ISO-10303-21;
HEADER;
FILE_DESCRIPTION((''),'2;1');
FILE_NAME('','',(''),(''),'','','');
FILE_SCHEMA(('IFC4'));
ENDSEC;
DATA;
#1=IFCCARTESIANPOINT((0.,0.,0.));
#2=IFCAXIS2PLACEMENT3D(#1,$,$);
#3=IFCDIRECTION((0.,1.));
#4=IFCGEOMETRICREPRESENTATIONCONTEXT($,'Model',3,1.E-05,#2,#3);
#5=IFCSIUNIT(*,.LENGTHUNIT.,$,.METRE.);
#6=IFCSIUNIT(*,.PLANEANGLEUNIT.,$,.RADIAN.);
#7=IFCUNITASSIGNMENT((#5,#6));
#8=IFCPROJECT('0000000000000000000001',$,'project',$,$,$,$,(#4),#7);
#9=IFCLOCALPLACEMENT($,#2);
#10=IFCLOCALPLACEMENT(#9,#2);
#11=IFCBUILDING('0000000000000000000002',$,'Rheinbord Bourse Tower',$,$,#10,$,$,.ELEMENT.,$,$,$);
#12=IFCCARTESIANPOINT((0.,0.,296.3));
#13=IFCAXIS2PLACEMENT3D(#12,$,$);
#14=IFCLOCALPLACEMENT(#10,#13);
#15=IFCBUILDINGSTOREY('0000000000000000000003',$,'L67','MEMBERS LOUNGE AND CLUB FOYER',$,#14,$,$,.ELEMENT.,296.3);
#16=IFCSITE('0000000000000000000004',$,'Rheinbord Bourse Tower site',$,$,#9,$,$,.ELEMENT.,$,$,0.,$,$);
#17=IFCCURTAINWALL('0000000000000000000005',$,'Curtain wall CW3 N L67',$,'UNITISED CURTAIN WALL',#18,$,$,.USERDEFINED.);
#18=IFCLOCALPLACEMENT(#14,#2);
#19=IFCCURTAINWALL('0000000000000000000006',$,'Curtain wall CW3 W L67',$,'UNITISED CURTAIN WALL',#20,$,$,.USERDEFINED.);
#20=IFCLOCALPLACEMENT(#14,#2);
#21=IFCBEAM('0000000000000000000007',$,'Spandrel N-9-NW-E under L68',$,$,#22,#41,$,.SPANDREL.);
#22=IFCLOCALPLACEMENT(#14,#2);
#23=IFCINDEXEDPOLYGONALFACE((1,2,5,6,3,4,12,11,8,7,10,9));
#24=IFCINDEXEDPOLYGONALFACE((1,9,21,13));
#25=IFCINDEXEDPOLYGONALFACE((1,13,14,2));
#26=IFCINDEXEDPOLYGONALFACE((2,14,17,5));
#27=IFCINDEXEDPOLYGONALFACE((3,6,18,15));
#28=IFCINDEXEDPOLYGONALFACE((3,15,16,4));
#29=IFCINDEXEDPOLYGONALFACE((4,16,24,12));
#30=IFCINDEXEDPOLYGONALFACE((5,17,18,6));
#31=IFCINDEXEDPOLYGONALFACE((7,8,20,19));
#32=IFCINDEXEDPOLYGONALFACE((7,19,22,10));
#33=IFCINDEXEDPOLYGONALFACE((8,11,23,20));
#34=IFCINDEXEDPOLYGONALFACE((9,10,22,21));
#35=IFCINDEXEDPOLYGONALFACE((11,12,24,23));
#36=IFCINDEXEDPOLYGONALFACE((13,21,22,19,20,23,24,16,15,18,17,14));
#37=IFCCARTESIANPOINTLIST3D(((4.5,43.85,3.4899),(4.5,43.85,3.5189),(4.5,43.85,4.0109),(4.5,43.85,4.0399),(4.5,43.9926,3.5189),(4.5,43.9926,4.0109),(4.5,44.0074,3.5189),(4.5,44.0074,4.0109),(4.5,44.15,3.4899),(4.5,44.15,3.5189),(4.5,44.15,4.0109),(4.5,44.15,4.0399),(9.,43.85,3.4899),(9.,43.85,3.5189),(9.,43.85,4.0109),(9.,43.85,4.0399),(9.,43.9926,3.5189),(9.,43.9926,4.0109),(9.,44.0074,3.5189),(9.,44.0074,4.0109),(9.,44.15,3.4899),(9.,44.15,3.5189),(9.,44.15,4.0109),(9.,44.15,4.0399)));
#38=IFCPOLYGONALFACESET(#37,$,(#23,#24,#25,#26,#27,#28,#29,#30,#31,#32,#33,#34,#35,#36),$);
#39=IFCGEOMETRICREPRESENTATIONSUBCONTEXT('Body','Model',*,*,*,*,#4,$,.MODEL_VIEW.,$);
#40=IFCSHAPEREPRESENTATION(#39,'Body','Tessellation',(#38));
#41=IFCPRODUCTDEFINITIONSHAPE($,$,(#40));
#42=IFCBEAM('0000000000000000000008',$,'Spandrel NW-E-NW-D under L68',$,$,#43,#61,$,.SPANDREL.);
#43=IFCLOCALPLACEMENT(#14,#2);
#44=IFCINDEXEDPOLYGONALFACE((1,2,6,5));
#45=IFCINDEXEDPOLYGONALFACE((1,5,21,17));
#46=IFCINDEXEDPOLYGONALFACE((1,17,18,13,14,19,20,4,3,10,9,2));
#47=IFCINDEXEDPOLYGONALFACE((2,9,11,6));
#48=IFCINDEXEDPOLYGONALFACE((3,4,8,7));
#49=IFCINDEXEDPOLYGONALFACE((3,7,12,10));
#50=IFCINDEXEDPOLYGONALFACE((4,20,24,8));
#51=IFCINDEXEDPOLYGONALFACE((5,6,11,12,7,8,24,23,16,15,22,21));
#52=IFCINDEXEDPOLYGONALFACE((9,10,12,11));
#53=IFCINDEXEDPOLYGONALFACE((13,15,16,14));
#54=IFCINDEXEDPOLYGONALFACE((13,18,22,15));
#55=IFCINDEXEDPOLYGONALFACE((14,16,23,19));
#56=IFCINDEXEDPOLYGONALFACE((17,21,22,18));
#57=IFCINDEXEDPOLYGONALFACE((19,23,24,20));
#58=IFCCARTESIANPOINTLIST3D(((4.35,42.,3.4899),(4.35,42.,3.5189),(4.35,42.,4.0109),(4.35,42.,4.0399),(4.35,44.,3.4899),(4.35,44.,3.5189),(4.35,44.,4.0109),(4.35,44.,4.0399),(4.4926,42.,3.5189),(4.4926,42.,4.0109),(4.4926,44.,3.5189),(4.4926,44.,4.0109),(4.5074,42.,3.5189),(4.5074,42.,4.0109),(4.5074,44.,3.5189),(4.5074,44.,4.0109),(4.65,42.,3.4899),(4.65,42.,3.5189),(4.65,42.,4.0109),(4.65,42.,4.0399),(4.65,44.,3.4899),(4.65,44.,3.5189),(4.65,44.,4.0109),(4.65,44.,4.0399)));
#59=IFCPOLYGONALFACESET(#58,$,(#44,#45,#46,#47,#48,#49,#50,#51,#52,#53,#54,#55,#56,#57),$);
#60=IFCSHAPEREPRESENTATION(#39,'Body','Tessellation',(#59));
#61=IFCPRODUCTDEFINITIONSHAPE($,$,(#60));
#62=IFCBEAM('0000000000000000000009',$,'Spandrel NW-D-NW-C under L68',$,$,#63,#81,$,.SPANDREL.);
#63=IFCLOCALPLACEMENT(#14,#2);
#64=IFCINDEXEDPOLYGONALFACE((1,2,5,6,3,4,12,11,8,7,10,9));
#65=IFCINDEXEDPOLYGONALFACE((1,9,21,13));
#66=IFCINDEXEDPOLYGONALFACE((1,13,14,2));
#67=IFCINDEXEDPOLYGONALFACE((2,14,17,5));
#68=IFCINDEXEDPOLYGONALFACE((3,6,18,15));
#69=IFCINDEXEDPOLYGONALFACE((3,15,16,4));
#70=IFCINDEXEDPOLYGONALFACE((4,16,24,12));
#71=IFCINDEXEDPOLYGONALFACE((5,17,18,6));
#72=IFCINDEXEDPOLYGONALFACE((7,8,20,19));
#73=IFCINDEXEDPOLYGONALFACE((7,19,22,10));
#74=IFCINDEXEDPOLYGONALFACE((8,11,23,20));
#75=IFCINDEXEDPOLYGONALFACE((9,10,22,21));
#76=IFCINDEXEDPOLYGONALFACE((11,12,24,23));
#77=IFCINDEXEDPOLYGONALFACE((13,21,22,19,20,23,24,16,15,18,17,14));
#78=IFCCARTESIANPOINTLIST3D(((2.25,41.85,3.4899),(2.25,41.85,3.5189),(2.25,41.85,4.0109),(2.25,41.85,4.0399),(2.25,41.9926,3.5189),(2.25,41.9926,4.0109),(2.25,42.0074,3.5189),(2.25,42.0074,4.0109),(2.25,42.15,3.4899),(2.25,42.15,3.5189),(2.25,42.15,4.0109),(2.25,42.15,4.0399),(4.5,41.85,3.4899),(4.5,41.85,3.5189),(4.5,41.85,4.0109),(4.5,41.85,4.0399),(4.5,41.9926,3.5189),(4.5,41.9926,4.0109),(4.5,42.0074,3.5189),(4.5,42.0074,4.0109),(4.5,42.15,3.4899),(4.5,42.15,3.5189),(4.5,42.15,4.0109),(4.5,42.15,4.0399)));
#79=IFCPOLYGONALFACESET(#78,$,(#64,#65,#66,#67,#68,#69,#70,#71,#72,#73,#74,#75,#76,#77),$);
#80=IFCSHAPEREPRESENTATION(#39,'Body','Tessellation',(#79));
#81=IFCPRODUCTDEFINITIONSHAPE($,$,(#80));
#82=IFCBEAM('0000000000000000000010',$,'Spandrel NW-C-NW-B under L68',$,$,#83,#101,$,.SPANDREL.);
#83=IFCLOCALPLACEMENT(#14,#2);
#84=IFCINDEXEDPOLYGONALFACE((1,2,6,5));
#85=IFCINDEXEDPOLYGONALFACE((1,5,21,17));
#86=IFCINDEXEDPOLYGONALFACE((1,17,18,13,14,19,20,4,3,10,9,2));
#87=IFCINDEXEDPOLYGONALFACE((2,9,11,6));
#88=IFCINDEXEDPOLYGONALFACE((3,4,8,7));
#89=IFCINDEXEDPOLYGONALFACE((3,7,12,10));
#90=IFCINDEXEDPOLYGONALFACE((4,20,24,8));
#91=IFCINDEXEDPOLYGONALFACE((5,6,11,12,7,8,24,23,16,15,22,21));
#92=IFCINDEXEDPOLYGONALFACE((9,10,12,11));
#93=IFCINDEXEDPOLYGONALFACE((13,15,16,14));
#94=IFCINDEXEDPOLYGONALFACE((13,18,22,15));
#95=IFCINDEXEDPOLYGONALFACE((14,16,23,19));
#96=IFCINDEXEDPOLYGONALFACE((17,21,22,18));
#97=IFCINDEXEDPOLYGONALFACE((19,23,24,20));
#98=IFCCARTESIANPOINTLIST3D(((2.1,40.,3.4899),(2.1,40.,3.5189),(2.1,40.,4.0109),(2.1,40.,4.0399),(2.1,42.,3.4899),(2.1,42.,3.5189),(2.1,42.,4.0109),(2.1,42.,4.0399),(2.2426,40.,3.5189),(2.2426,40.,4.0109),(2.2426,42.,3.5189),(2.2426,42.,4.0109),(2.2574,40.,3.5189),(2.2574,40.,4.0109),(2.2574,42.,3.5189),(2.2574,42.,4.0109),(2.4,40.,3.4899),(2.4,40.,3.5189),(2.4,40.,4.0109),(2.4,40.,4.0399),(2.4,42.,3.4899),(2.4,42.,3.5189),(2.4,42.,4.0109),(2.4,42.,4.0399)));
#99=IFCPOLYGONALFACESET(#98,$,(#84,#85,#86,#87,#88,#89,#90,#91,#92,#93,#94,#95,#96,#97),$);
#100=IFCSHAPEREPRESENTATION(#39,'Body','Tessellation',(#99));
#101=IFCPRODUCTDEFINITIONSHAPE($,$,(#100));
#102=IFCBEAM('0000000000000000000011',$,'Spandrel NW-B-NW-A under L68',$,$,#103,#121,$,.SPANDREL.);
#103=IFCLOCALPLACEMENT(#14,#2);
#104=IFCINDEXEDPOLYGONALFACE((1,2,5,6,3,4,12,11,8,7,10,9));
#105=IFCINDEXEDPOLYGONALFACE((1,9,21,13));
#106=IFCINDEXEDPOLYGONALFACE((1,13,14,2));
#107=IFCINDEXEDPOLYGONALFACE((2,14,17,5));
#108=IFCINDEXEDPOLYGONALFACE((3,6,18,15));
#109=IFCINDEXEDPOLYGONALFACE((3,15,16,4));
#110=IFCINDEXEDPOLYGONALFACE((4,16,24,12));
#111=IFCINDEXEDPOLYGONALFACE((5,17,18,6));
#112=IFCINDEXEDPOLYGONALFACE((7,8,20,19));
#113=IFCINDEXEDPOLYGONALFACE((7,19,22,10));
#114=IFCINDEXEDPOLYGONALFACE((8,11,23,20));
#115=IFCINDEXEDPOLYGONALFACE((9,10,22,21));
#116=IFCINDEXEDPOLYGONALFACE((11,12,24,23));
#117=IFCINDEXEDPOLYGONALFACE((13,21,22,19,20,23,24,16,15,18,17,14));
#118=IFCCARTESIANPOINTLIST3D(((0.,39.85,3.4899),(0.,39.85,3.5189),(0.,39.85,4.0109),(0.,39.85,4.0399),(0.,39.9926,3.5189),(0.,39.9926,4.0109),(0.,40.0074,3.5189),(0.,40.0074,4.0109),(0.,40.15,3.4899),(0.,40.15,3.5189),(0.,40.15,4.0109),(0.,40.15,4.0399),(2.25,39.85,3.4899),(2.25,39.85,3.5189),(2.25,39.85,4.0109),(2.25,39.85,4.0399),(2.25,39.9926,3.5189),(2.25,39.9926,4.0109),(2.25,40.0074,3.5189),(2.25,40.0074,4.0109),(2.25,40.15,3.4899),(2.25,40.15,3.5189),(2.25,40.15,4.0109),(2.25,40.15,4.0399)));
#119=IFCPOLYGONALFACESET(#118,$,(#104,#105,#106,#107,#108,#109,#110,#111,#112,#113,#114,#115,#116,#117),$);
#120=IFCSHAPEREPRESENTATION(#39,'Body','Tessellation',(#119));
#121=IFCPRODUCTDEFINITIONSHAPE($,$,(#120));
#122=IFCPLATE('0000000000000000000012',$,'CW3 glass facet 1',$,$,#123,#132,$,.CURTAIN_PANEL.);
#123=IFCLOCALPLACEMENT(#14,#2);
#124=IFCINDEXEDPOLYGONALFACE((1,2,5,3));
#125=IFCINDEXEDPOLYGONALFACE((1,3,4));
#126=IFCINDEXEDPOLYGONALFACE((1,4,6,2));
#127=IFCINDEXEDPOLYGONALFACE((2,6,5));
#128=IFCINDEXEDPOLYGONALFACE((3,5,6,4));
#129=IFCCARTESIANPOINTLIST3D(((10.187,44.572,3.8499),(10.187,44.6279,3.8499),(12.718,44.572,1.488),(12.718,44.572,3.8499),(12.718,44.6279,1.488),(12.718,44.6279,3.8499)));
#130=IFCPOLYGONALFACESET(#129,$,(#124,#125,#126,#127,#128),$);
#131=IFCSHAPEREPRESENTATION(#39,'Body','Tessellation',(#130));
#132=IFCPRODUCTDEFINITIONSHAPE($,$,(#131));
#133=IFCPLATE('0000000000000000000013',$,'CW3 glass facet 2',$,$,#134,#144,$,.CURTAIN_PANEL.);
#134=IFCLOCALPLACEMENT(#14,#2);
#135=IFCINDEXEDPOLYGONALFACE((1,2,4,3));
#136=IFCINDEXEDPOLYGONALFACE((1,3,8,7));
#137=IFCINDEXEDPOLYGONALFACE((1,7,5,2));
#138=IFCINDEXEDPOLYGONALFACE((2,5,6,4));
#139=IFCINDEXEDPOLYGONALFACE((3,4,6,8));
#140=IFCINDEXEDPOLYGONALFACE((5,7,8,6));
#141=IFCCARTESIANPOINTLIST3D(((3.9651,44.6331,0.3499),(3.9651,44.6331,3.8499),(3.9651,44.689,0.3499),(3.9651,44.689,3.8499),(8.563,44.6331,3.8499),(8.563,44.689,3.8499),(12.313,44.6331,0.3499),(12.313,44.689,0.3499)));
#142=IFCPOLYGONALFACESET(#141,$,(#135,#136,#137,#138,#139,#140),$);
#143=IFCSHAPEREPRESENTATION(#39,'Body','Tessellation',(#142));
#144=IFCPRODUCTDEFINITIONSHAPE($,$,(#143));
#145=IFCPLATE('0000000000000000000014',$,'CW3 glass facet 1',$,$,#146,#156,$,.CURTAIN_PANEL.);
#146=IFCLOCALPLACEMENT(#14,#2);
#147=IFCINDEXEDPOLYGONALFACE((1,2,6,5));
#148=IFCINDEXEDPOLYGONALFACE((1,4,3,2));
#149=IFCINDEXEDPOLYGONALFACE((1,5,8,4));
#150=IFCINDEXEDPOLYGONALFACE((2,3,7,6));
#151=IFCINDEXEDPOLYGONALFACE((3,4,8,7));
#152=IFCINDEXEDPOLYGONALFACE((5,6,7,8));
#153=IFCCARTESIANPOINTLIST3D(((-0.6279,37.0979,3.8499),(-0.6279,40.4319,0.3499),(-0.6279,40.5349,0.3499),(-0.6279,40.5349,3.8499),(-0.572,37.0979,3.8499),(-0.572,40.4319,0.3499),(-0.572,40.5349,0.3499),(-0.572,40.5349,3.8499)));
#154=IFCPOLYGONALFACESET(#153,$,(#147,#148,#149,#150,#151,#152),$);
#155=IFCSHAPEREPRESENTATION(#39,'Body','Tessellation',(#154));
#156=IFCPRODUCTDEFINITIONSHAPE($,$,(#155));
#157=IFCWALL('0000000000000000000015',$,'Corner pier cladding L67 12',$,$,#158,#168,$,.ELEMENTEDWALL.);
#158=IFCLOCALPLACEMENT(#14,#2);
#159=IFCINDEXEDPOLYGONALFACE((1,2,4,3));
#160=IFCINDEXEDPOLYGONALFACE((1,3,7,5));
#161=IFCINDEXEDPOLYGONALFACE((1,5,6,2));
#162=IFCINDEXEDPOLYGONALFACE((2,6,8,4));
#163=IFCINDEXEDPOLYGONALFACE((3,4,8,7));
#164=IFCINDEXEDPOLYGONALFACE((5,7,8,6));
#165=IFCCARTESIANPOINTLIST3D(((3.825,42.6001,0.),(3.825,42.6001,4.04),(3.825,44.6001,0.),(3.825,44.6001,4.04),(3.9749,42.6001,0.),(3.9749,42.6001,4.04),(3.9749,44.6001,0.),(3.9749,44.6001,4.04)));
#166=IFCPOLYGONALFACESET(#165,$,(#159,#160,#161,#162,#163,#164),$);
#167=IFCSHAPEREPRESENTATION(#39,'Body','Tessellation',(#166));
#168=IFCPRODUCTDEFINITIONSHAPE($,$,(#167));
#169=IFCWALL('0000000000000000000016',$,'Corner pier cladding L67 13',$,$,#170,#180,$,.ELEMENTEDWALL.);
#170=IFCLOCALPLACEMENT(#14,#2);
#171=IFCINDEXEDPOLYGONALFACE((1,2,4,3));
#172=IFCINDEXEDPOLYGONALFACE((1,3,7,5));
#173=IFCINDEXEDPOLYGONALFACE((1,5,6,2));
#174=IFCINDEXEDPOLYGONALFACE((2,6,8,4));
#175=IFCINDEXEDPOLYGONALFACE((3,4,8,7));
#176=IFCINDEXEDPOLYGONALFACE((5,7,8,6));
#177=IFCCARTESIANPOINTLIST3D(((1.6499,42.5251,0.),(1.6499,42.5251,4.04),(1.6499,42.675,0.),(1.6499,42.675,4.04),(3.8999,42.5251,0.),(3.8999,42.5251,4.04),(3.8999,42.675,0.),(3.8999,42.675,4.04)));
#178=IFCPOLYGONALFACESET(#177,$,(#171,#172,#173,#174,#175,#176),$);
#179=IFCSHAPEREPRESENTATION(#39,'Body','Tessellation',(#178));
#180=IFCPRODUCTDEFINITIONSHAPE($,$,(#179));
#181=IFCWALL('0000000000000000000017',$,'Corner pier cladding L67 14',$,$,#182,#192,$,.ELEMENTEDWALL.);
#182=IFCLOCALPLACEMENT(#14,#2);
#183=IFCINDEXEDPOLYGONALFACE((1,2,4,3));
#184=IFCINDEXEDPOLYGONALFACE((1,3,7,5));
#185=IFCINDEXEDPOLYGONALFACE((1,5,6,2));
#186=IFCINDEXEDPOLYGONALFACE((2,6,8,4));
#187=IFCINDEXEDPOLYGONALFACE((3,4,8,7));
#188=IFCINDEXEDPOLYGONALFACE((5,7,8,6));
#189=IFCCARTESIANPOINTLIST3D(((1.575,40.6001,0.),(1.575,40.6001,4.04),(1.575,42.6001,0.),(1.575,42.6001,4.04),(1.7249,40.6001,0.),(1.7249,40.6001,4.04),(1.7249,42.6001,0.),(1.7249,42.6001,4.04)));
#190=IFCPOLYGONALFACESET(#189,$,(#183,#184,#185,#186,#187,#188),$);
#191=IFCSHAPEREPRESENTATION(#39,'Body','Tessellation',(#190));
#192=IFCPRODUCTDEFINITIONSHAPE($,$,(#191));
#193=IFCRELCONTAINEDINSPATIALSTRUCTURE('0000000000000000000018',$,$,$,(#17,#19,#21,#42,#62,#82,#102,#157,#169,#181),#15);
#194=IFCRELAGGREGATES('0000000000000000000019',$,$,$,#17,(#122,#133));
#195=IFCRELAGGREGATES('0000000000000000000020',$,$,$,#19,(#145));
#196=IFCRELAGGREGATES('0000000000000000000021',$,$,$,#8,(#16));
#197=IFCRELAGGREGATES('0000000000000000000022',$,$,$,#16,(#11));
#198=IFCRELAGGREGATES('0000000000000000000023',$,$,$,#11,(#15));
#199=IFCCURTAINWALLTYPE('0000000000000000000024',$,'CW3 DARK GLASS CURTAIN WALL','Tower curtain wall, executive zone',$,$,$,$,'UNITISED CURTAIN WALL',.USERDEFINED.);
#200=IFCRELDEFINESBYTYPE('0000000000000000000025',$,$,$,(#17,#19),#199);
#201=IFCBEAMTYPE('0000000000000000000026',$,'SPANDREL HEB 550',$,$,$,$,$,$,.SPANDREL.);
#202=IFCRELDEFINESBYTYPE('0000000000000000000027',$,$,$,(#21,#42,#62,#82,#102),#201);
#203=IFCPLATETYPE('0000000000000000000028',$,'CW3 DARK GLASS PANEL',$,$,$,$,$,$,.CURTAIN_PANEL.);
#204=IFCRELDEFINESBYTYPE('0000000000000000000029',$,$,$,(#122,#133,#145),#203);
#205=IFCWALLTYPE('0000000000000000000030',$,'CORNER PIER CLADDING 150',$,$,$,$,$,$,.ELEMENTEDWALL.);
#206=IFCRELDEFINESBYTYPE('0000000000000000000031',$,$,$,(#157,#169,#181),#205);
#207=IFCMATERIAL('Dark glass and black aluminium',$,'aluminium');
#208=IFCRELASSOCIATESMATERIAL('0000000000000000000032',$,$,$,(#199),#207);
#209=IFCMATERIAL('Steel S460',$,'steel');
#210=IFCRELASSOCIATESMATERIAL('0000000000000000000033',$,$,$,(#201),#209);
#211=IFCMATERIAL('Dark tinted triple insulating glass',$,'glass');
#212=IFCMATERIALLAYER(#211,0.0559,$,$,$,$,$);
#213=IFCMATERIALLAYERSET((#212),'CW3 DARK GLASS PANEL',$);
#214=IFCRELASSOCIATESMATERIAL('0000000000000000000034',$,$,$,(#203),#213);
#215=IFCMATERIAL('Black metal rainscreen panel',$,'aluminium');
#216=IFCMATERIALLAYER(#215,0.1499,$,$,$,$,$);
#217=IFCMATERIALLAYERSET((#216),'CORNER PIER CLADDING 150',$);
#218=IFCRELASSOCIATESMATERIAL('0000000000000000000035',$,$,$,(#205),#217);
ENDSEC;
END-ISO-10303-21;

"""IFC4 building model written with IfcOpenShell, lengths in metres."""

from ifc_helpers import new_model, si_unit, direction, frame, frame_2d, origin, origin_2d, place, context, subcontext, project, spatial, polyline, rectangle, i_section, outline, extrude, material, layer, layer_set, material_profile, profile_set, type_object, element, aggregate, save


model = new_model("IFC4")

# Units and contexts
model_context = context("Model", 3, precision=1e-05, world=origin(), true_north=direction((0.0, 1.0)))
body_context = subcontext(model_context, "Body", "Model", "MODEL_VIEW")
ifc_project = project(units=[si_unit("LENGTHUNIT", "METRE"), si_unit("PLANEANGLEUNIT", "RADIAN")], contexts=[model_context])

# Site, building, storey
site_placement = place(None, origin())
site = spatial("IfcSite", under=ifc_project, at=site_placement, Name="Rheinbord Bourse Tower site", CompositionType="ELEMENT", RefElevation=0.0)
building_placement = place(site_placement, origin())
building = spatial("IfcBuilding", under=site, at=building_placement, Name="Rheinbord Bourse Tower", CompositionType="ELEMENT")
storey_placement = place(building_placement, frame((0.0, 0.0, 296.3)))
storey = spatial("IfcBuildingStorey", under=building, at=storey_placement, Name="L67", Description="MEMBERS LOUNGE AND CLUB FOYER", CompositionType="ELEMENT", Elevation=296.3)

# Curtain wall
ifc_material_1 = material(Name="Dark glass and black aluminium", Category="aluminium")
curtain_wall_type = type_object("IfcCurtainWallType", Name="CW3 DARK GLASS CURTAIN WALL", Description="Tower curtain wall, executive zone", ElementType="UNITISED CURTAIN WALL", PredefinedType="USERDEFINED", material=ifc_material_1)
curtain_wall_1_placement = place(storey_placement, origin())
curtain_wall_1 = element("IfcCurtainWall", 1, at=curtain_wall_1_placement, inside=storey, type_object=curtain_wall_type, Name="Curtain wall CW3 N L67", ObjectType="UNITISED CURTAIN WALL", PredefinedType="USERDEFINED")

# Curtain wall
curtain_wall_2_placement = place(storey_placement, origin())
curtain_wall_2 = element("IfcCurtainWall", 2, at=curtain_wall_2_placement, inside=storey, type_object=curtain_wall_type, Name="Curtain wall CW3 W L67", ObjectType="UNITISED CURTAIN WALL", PredefinedType="USERDEFINED")

# Beams
ifc_material_2 = material(Name="Steel S460", Category="steel")
ifc_material_profile_1 = material_profile(ifc_material_2, i_section(OverallWidth=0.3, OverallDepth=0.55, WebThickness=0.0149, FlangeThickness=0.0291, at=origin_2d()), Name="HEB 550")
ifc_profile_set_1 = profile_set([ifc_material_profile_1], Name="Steel S460")
beam_type_1 = type_object("IfcBeamType", Name="SPANDREL HEB 550", PredefinedType="SPANDREL", material=ifc_profile_set_1)
for number, where, z_axis, x_axis, name in (
    (3, (9.0, 44.0, 3.7649), (-1.0, 0.0, 0.0), (0.0, -1.0, 0.0), "Spandrel N-9-NW-E under L68"),
):
    element("IfcBeam", number, at=place(storey_placement, frame(where, z_axis=z_axis, x_axis=x_axis)), inside=storey, type_object=beam_type_1, Name=name, PredefinedType="SPANDREL", context=body_context, shape_type="SweptSolid", body=[
        extrude(i_section(OverallWidth=0.3, OverallDepth=0.55, WebThickness=0.0149, FlangeThickness=0.0291, at=origin_2d()), origin(), (0.0, 0.0, 1.0), 4.5),
    ])
beam_1_placement = place(storey_placement, frame((4.5, 44.0, 3.7649), z_axis=(0.0, -1.0, 0.0), x_axis=(1.0, 0.0, 0.0)))
element("IfcBeam", 4, at=beam_1_placement, inside=storey, type_object=beam_type_1, Name="Spandrel NW-E-NW-D under L68", PredefinedType="SPANDREL", context=body_context, shape_type="SweptSolid", body=[
    extrude(i_section(OverallWidth=0.3, OverallDepth=0.55, WebThickness=0.0149, FlangeThickness=0.0291, at=origin_2d()), origin(), (0.0, 0.0, 1.0), 2.0),
])
beam_2_placement = place(storey_placement, frame((4.5, 42.0, 3.7649), z_axis=(-1.0, 0.0, 0.0), x_axis=(0.0, -1.0, 0.0)))
element("IfcBeam", 5, at=beam_2_placement, inside=storey, type_object=beam_type_1, Name="Spandrel NW-D-NW-C under L68", PredefinedType="SPANDREL", context=body_context, shape_type="SweptSolid", body=[
    extrude(i_section(OverallWidth=0.3, OverallDepth=0.55, WebThickness=0.0149, FlangeThickness=0.0291, at=origin_2d()), origin(), (0.0, 0.0, 1.0), 2.25),
])
beam_3_placement = place(storey_placement, frame((2.25, 42.0, 3.7649), z_axis=(0.0, -1.0, 0.0), x_axis=(1.0, 0.0, 0.0)))
element("IfcBeam", 6, at=beam_3_placement, inside=storey, type_object=beam_type_1, Name="Spandrel NW-C-NW-B under L68", PredefinedType="SPANDREL", context=body_context, shape_type="SweptSolid", body=[
    extrude(i_section(OverallWidth=0.3, OverallDepth=0.55, WebThickness=0.0149, FlangeThickness=0.0291, at=origin_2d()), origin(), (0.0, 0.0, 1.0), 2.0),
])
beam_4_placement = place(storey_placement, frame((2.25, 40.0, 3.7649), z_axis=(-1.0, 0.0, 0.0), x_axis=(0.0, -1.0, 0.0)))
element("IfcBeam", 7, at=beam_4_placement, inside=storey, type_object=beam_type_1, Name="Spandrel NW-B-NW-A under L68", PredefinedType="SPANDREL", context=body_context, shape_type="SweptSolid", body=[
    extrude(i_section(OverallWidth=0.3, OverallDepth=0.55, WebThickness=0.0149, FlangeThickness=0.0291, at=origin_2d()), origin(), (0.0, 0.0, 1.0), 2.25),
])

# Plates
ifc_material_3 = material(Name="Dark tinted triple insulating glass", Category="glass")
ifc_layer_1 = layer(ifc_material_3, 0.0559)
ifc_layer_set_1 = layer_set([ifc_layer_1], Name="CW3 DARK GLASS PANEL")
plate_type = type_object("IfcPlateType", Name="CW3 DARK GLASS PANEL", PredefinedType="CURTAIN_PANEL", material=ifc_layer_set_1)
plate_1_placement = place(storey_placement, frame((12.718, 44.6279, 3.8499), z_axis=(0.0, -1.0, 0.0), x_axis=(-1.0, 0.0, 0.0)))
plate_1 = element("IfcPlate", 8, at=plate_1_placement, type_object=plate_type, Name="CW3 glass facet 1", PredefinedType="CURTAIN_PANEL", context=body_context, shape_type="SweptSolid", body=[
    extrude(outline(polyline([(0.0, 0.0), (2.531, 0.0), (0.0, 2.3618), (0.0, 0.0)])), origin(), (0.0, 0.0, 1.0), 0.0559),
])
plate_2_placement = place(storey_placement, frame((3.9651, 44.689, 3.8499), z_axis=(0.0, -1.0, 0.0), x_axis=(0.0, 0.0, -1.0)))
plate_2 = element("IfcPlate", 9, at=plate_2_placement, type_object=plate_type, Name="CW3 glass facet 2", PredefinedType="CURTAIN_PANEL", context=body_context, shape_type="SweptSolid", body=[
    extrude(outline(polyline([(0.0, 0.0), (3.5, 0.0), (3.5, 8.3479), (0.0, 4.5979), (0.0, 0.0)])), origin(), (0.0, 0.0, 1.0), 0.0559),
])
aggregate(curtain_wall_1, [plate_1, plate_2])
plate_3_placement = place(storey_placement, frame((-0.6279, 40.5349, 0.3499), z_axis=(1.0, 0.0, 0.0), x_axis=(0.0, 0.0, 1.0)))
plate_3 = element("IfcPlate", 10, at=plate_3_placement, type_object=plate_type, Name="CW3 glass facet 1", PredefinedType="CURTAIN_PANEL", context=body_context, shape_type="SweptSolid", body=[
    extrude(outline(polyline([(0.0, 0.0), (3.5, 0.0), (3.5, 3.437), (0.0, 0.103), (0.0, 0.0)])), origin(), (0.0, 0.0, 1.0), 0.0559),
])
aggregate(curtain_wall_2, [plate_3])

# Walls
ifc_material_4 = material(Name="Black metal rainscreen panel", Category="aluminium")
ifc_layer_2 = layer(ifc_material_4, 0.1499)
ifc_layer_set_2 = layer_set([ifc_layer_2], Name="CORNER PIER CLADDING 150")
wall_type = type_object("IfcWallType", Name="CORNER PIER CLADDING 150", PredefinedType="ELEMENTEDWALL", material=ifc_layer_set_2)
wall_1_placement = place(storey_placement, frame((3.8999, 44.6001, 0.0), z_axis=(0.0, 0.0, 1.0), x_axis=(0.0, -1.0, 0.0)))
element("IfcWall", 11, at=wall_1_placement, inside=storey, type_object=wall_type, Name="Corner pier cladding L67 12", PredefinedType="ELEMENTEDWALL", context=body_context, shape_type="SweptSolid", body=[
    extrude(rectangle(XDim=2.0, YDim=0.1499, at=frame_2d((1.0, 0.0))), origin(), (0.0, 0.0, 1.0), 4.04),
])
wall_2_placement = place(storey_placement, frame((3.8999, 42.6001, 0.0), z_axis=(0.0, 0.0, 1.0), x_axis=(-1.0, 0.0, 0.0)))
element("IfcWall", 12, at=wall_2_placement, inside=storey, type_object=wall_type, Name="Corner pier cladding L67 13", PredefinedType="ELEMENTEDWALL", context=body_context, shape_type="SweptSolid", body=[
    extrude(rectangle(XDim=2.25, YDim=0.1499, at=frame_2d((1.125, 0.0))), origin(), (0.0, 0.0, 1.0), 4.04),
])
wall_3_placement = place(storey_placement, frame((1.6499, 42.6001, 0.0), z_axis=(0.0, 0.0, 1.0), x_axis=(0.0, -1.0, 0.0)))
element("IfcWall", 13, at=wall_3_placement, inside=storey, type_object=wall_type, Name="Corner pier cladding L67 14", PredefinedType="ELEMENTEDWALL", context=body_context, shape_type="SweptSolid", body=[
    extrude(rectangle(XDim=2.0, YDim=0.1499, at=frame_2d((1.0, 0.0))), origin(), (0.0, 0.0, 1.0), 4.04),
])

save(model, "model.ifc")
